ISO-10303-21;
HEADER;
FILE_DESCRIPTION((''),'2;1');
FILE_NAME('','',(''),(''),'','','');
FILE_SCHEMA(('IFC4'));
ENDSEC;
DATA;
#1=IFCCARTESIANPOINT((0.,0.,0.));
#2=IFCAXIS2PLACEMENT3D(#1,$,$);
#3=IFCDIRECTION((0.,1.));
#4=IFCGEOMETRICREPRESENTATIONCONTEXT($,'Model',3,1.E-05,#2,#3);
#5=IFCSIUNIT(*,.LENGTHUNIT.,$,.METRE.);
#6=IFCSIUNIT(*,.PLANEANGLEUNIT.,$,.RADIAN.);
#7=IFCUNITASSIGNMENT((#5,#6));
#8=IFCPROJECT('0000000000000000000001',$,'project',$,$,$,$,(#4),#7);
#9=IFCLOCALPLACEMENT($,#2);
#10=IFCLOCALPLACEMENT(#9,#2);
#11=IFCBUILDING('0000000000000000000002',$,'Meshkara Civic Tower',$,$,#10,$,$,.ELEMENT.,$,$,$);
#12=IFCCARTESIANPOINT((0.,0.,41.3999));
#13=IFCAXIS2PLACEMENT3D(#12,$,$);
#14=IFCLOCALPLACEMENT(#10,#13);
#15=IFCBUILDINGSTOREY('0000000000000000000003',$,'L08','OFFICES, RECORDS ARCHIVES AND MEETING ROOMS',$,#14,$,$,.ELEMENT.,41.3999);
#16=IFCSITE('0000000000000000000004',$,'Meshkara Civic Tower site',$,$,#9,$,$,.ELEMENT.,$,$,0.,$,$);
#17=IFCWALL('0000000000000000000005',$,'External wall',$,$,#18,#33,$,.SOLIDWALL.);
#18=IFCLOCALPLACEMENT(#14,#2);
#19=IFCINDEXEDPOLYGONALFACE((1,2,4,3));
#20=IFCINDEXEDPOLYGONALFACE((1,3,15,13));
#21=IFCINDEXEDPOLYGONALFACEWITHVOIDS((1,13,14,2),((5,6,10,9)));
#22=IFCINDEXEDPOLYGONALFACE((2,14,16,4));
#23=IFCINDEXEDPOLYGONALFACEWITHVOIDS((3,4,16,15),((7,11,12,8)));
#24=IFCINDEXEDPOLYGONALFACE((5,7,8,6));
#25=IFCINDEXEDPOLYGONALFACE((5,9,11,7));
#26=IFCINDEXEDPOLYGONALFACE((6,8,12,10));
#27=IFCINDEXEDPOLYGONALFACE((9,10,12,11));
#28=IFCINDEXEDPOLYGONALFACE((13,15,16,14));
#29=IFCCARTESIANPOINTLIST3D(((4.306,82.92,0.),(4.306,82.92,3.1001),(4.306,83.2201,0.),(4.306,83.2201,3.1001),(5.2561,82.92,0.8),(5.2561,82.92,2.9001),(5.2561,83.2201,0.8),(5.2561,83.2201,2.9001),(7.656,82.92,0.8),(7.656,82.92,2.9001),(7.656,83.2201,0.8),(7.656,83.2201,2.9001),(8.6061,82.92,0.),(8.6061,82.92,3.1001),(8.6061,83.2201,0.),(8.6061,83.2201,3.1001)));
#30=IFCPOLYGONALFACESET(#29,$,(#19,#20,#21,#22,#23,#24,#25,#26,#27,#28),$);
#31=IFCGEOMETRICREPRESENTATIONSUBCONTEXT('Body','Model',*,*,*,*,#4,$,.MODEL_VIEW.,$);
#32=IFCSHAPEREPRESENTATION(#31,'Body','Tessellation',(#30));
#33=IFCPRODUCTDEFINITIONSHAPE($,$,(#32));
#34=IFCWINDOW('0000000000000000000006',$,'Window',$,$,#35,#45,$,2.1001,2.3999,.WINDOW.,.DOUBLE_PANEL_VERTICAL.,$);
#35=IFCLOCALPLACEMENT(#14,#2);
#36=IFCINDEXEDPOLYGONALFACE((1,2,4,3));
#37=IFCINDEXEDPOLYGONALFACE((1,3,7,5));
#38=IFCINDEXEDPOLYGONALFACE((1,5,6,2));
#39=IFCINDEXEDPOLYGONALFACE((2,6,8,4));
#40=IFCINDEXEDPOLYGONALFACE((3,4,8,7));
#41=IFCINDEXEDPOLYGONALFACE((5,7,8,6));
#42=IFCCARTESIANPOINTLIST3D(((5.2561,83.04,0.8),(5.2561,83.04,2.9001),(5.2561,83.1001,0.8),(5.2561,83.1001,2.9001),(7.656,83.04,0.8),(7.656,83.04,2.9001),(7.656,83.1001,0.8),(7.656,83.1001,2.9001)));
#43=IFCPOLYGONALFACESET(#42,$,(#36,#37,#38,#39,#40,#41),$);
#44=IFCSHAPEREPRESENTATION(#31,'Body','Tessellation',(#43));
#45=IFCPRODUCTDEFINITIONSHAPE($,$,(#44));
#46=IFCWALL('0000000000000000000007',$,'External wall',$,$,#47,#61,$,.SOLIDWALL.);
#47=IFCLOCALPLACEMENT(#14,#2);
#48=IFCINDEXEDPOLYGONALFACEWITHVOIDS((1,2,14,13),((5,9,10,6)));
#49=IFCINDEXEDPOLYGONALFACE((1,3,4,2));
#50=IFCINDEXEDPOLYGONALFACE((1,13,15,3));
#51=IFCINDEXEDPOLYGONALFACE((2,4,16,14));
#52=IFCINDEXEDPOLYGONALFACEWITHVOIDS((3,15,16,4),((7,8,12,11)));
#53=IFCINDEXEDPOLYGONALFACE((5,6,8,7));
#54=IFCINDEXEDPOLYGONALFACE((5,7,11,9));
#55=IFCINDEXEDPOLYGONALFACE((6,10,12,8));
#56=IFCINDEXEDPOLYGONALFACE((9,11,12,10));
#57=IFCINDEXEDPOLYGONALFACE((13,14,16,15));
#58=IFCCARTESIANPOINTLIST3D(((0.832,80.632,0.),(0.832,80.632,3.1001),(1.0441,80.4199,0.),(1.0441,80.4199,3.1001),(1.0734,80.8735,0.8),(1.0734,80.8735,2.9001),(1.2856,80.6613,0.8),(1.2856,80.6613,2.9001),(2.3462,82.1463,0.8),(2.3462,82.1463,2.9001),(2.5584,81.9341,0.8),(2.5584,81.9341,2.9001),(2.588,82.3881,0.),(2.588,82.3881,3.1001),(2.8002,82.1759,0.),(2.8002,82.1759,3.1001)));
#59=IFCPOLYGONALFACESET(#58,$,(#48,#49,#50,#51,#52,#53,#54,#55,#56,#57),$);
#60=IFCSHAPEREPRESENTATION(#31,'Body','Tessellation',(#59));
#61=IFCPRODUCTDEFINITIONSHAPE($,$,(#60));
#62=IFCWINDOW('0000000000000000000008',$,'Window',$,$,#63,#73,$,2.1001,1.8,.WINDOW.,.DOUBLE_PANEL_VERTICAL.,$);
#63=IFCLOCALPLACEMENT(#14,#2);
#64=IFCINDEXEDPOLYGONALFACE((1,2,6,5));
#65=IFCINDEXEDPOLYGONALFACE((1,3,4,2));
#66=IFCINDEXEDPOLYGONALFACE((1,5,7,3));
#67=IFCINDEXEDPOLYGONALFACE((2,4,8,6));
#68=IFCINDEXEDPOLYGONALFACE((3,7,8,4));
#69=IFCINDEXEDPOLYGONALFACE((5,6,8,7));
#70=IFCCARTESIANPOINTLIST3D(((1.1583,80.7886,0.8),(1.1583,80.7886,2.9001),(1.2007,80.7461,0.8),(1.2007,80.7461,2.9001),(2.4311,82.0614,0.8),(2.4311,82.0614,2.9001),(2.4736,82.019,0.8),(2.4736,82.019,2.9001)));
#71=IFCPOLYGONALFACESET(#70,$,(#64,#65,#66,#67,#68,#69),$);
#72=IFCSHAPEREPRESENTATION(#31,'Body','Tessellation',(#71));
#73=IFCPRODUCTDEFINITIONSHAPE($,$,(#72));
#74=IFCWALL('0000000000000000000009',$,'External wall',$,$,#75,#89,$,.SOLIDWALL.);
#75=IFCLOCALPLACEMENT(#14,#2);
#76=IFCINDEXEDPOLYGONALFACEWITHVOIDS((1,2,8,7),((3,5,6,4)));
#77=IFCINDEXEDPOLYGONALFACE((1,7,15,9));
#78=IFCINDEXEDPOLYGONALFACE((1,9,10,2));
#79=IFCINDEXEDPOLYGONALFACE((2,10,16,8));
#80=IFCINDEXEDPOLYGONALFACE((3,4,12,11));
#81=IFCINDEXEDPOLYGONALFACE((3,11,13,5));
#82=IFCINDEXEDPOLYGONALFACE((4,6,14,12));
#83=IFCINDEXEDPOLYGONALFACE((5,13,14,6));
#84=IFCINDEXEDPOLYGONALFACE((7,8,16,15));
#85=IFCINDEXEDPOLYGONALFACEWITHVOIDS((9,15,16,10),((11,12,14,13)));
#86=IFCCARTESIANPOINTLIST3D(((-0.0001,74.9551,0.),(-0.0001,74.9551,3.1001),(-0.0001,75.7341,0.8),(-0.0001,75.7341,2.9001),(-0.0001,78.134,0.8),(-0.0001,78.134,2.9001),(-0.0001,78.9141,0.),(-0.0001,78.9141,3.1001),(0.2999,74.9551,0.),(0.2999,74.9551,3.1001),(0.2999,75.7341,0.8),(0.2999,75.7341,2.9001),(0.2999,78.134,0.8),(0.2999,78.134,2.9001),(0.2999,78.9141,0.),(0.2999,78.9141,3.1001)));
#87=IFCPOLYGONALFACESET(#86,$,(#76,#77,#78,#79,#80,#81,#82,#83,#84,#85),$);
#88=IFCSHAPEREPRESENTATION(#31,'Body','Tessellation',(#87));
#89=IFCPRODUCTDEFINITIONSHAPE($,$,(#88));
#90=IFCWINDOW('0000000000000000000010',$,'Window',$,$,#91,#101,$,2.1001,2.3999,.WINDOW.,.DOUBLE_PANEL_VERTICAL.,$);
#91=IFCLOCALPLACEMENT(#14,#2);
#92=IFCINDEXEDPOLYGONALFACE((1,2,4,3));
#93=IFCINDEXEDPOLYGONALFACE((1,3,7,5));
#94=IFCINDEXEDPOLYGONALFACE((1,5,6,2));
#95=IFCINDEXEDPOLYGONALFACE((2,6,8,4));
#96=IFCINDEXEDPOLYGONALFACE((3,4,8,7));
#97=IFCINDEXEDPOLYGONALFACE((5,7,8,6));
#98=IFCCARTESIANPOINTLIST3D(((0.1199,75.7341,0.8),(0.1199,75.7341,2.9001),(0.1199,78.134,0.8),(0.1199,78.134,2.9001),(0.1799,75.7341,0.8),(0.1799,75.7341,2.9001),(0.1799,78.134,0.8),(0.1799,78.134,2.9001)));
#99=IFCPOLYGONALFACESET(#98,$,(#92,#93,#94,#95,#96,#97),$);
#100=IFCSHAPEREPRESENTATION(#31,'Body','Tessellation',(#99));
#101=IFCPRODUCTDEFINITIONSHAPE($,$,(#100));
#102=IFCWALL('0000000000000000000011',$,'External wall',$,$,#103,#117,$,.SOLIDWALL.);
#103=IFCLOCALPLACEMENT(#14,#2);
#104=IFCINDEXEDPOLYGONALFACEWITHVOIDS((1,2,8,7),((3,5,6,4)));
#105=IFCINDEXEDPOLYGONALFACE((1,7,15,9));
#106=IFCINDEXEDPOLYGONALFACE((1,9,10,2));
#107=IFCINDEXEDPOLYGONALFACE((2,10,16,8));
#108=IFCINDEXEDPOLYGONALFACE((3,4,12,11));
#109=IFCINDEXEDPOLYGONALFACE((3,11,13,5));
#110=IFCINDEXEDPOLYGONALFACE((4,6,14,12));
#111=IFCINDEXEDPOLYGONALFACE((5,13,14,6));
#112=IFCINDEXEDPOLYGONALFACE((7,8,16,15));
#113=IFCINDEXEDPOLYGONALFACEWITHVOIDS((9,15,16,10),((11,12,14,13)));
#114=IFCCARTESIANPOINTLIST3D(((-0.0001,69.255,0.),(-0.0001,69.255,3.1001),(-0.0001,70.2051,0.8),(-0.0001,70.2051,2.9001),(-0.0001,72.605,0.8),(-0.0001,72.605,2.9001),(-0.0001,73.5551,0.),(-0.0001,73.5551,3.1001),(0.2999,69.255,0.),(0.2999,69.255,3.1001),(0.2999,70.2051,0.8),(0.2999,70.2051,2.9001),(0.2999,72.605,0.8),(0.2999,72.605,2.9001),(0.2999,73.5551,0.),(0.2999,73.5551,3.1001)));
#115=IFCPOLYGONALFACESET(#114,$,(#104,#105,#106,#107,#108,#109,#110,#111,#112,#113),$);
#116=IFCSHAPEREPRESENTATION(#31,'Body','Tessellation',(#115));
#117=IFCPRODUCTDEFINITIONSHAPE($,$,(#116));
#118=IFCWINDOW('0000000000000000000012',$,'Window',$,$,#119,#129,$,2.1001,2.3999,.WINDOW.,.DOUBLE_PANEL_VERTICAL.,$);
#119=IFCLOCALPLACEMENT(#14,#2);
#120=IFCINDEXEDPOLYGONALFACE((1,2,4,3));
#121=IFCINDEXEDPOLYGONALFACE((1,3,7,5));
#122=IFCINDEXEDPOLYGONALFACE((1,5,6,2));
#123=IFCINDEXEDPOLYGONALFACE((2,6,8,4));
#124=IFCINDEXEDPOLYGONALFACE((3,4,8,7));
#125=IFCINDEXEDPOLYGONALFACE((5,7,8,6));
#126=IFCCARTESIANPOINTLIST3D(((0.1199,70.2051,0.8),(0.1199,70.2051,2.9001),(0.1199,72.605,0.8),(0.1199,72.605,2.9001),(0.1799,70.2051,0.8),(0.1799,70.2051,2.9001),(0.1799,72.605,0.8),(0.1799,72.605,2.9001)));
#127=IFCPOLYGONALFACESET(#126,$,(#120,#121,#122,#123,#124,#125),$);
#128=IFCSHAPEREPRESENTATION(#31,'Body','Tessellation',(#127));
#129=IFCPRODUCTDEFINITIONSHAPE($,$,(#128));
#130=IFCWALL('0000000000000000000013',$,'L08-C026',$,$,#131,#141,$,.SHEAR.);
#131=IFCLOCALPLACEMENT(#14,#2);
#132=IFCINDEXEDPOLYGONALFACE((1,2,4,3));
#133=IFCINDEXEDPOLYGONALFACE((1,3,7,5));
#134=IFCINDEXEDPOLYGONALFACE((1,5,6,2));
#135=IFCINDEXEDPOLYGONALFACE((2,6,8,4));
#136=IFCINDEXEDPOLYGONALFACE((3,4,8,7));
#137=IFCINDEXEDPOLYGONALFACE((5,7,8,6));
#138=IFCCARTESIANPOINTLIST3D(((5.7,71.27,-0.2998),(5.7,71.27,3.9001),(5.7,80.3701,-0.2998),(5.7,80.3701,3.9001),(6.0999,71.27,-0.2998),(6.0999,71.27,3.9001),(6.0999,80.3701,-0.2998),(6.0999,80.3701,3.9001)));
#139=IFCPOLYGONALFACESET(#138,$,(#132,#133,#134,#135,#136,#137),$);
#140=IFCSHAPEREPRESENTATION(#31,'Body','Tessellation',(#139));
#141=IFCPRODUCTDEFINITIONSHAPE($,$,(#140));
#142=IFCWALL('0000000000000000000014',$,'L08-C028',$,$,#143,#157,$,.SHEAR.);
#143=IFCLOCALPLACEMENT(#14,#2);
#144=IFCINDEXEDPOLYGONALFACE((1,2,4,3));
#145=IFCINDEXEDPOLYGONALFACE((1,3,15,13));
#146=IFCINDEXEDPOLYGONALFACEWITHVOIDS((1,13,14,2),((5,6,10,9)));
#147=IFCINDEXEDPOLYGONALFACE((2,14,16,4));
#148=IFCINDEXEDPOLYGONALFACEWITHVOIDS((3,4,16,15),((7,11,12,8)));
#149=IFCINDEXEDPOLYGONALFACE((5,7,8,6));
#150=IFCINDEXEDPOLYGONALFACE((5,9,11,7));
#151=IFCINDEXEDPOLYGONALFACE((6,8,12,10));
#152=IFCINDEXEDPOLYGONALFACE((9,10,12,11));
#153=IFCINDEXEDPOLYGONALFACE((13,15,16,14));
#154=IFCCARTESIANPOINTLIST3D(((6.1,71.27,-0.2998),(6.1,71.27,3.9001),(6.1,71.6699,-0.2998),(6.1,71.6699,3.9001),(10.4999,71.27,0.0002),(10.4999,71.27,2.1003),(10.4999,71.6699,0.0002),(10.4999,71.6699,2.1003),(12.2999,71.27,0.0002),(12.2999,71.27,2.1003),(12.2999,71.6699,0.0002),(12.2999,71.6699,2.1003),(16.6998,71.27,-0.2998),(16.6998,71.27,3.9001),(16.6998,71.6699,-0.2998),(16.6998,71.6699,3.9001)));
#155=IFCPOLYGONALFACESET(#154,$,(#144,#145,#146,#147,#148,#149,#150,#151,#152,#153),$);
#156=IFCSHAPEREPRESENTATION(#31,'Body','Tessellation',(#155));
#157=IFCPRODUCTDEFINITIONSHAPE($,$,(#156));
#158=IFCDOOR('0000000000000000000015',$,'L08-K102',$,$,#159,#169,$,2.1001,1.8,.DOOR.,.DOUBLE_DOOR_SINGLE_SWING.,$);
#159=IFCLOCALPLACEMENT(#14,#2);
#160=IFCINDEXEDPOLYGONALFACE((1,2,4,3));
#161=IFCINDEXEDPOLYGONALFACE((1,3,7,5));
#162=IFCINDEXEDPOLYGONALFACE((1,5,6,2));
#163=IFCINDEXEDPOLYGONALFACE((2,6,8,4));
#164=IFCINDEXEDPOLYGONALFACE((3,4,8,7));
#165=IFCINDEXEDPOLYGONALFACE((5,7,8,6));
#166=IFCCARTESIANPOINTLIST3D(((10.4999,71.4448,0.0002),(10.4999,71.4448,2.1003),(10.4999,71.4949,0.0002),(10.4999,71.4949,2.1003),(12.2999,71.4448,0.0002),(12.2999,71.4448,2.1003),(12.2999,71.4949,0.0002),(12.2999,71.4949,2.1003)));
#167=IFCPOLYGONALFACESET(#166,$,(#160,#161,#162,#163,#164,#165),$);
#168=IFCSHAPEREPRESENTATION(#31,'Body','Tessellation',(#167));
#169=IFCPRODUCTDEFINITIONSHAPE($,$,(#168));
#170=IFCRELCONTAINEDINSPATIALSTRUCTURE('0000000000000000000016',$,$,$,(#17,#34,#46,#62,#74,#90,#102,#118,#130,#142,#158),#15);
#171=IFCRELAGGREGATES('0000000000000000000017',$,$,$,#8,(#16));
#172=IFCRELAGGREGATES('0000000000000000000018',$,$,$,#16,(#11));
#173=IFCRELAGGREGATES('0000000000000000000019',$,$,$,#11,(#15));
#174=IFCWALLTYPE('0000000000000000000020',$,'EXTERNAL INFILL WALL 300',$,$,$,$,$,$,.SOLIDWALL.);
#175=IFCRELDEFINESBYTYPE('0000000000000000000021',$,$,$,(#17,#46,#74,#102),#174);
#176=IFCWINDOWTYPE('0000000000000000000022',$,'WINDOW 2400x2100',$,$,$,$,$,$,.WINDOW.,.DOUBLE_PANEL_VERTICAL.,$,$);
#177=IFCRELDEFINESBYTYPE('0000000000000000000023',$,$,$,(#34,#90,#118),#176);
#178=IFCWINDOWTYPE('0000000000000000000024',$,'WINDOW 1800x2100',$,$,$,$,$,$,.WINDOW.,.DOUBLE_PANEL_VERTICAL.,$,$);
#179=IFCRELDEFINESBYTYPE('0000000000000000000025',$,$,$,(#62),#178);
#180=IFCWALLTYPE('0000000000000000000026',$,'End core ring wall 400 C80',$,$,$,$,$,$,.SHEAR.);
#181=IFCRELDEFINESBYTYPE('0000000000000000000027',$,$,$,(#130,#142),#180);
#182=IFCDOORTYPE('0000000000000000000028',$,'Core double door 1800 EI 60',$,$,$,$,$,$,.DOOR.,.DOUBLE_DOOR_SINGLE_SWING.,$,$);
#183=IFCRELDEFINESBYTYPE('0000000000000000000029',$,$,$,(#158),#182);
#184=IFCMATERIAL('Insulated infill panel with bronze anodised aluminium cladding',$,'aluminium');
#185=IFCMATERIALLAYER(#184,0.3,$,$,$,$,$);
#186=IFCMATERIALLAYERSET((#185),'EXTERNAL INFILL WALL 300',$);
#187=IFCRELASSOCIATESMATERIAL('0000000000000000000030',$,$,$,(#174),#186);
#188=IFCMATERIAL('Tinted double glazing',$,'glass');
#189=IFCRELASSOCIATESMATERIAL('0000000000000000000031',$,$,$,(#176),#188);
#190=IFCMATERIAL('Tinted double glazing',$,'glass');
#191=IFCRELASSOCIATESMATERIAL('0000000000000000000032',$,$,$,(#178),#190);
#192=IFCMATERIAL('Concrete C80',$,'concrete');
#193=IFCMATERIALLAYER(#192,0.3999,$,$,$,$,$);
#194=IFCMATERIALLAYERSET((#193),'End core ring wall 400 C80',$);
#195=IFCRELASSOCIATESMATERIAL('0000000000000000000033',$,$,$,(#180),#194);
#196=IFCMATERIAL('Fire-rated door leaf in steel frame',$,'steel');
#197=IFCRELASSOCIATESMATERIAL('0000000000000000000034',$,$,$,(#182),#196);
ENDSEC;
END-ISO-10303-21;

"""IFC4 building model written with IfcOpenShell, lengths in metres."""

from ifc_helpers import new_model, si_unit, direction, frame, frame_2d, origin, place, context, subcontext, project, spatial, rectangle, extrude, material, layer, layer_set, type_object, element, fill, save


model = new_model("IFC4")

# Units and contexts
model_context = context("Model", 3, precision=1e-05, world=origin(), true_north=direction((0.0, 1.0)))
body_context = subcontext(model_context, "Body", "Model", "MODEL_VIEW")
ifc_project = project(units=[si_unit("LENGTHUNIT", "METRE"), si_unit("PLANEANGLEUNIT", "RADIAN")], contexts=[model_context])

# Site, building, storey
site_placement = place(None, origin())
site = spatial("IfcSite", under=ifc_project, at=site_placement, Name="Meshkara Civic Tower site", CompositionType="ELEMENT", RefElevation=0.0)
building_placement = place(site_placement, origin())
building = spatial("IfcBuilding", under=site, at=building_placement, Name="Meshkara Civic Tower", CompositionType="ELEMENT")
storey_placement = place(building_placement, frame((0.0, 0.0, 41.3999)))
storey = spatial("IfcBuildingStorey", under=building, at=storey_placement, Name="L08", Description="OFFICES, RECORDS ARCHIVES AND MEETING ROOMS", CompositionType="ELEMENT", Elevation=41.3999)

# Walls, openings, windows
ifc_material_1 = material(Name="Insulated infill panel with bronze anodised aluminium cladding", Category="aluminium")
ifc_layer_1 = layer(ifc_material_1, 0.3)
ifc_layer_set_1 = layer_set([ifc_layer_1], Name="EXTERNAL INFILL WALL 300")
wall_type_1 = type_object("IfcWallType", Name="EXTERNAL INFILL WALL 300", PredefinedType="SOLIDWALL", material=ifc_layer_set_1)
wall_1_placement = place(storey_placement, frame((8.606, 83.0701, 0.0), z_axis=(0.0, 0.0, 1.0), x_axis=(-1.0, 0.0, 0.0)))
wall_1 = element("IfcWall", 1, at=wall_1_placement, inside=storey, type_object=wall_type_1, Name="External wall", PredefinedType="SOLIDWALL", context=body_context, shape_type="SweptSolid", body=[
    extrude(rectangle(XDim=4.3, YDim=0.3, at=frame_2d((2.1499, 0.0))), origin(), (0.0, 0.0, 1.0), 3.1001),
])
opening_1_placement = place(wall_1_placement, frame((0.95, 0.0, 0.8)))
opening_1 = element("IfcOpeningElement", 2, at=opening_1_placement, cuts=wall_1, PredefinedType="OPENING", context=body_context, shape_type="SweptSolid", body=[
    extrude(rectangle(XDim=2.3999, YDim=2.1001, at=frame_2d((1.2, 1.05))), frame((0.0, 0.1599, 0.0), z_axis=(0.0, -1.0, 0.0), x_axis=(1.0, 0.0, 0.0)), (0.0, 0.0, 1.0), 0.3201),
])
ifc_material_2 = material(Name="Tinted double glazing", Category="glass")
window_type_1 = type_object("IfcWindowType", Name="WINDOW 2400x2100", PartitioningType="DOUBLE_PANEL_VERTICAL", PredefinedType="WINDOW", material=ifc_material_2)
window_1_placement = place(opening_1_placement, origin())
window_1 = element("IfcWindow", 3, at=window_1_placement, inside=storey, type_object=window_type_1, Name="Window", OverallHeight=2.1001, OverallWidth=2.3999, PartitioningType="DOUBLE_PANEL_VERTICAL", PredefinedType="WINDOW", context=body_context, shape_type="SweptSolid", body=[
    extrude(rectangle(XDim=2.3999, YDim=2.1001, at=frame_2d((1.2, 1.05))), frame((0.0, 0.03, 0.0), z_axis=(0.0, -1.0, 0.0), x_axis=(1.0, 0.0, 0.0)), (0.0, 0.0, 1.0), 0.0601),
])
fill(opening_1, window_1)
wall_2_placement = place(storey_placement, frame((2.6941, 82.282, 0.0), z_axis=(0.0, 0.0, 1.0), x_axis=(-0.707107, -0.707107, 0.0)))
wall_2 = element("IfcWall", 4, at=wall_2_placement, inside=storey, type_object=wall_type_1, Name="External wall", PredefinedType="SOLIDWALL", context=body_context, shape_type="SweptSolid", body=[
    extrude(rectangle(XDim=2.4834, YDim=0.3, at=frame_2d((1.2417, 0.0))), origin(), (0.0, 0.0, 1.0), 3.1001),
])
opening_2_placement = place(wall_2_placement, frame((0.342, 0.0, 0.8)))
opening_2 = element("IfcOpeningElement", 5, at=opening_2_placement, cuts=wall_2, PredefinedType="OPENING", context=body_context, shape_type="SweptSolid", body=[
    extrude(rectangle(XDim=1.8, YDim=2.1001, at=frame_2d((0.8999, 1.05))), frame((0.0, 0.1599, 0.0), z_axis=(0.0, -1.0, 0.0), x_axis=(1.0, 0.0, 0.0)), (0.0, 0.0, 1.0), 0.3201),
])
ifc_material_3 = material(Name="Tinted double glazing", Category="glass")
window_type_2 = type_object("IfcWindowType", Name="WINDOW 1800x2100", PartitioningType="DOUBLE_PANEL_VERTICAL", PredefinedType="WINDOW", material=ifc_material_3)
window_2_placement = place(opening_2_placement, origin())
window_2 = element("IfcWindow", 6, at=window_2_placement, inside=storey, type_object=window_type_2, Name="Window", OverallHeight=2.1001, OverallWidth=1.8, PartitioningType="DOUBLE_PANEL_VERTICAL", PredefinedType="WINDOW", context=body_context, shape_type="SweptSolid", body=[
    extrude(rectangle(XDim=1.8, YDim=2.1001, at=frame_2d((0.8999, 1.05))), frame((0.0, 0.03, 0.0), z_axis=(0.0, -1.0, 0.0), x_axis=(1.0, 0.0, 0.0)), (0.0, 0.0, 1.0), 0.0601),
])
fill(opening_2, window_2)
wall_3_placement = place(storey_placement, frame((0.1499, 78.9141, 0.0), z_axis=(0.0, 0.0, 1.0), x_axis=(0.0, -1.0, 0.0)))
wall_3 = element("IfcWall", 7, at=wall_3_placement, inside=storey, type_object=wall_type_1, Name="External wall", PredefinedType="SOLIDWALL", context=body_context, shape_type="SweptSolid", body=[
    extrude(rectangle(XDim=3.959, YDim=0.3, at=frame_2d((1.9795, 0.0))), origin(), (0.0, 0.0, 1.0), 3.1001),
])
opening_3_placement = place(wall_3_placement, frame((0.78, 0.0, 0.8)))
opening_3 = element("IfcOpeningElement", 8, at=opening_3_placement, cuts=wall_3, PredefinedType="OPENING", context=body_context, shape_type="SweptSolid", body=[
    extrude(rectangle(XDim=2.3999, YDim=2.1001, at=frame_2d((1.2, 1.05))), frame((0.0, 0.1599, 0.0), z_axis=(0.0, -1.0, 0.0), x_axis=(1.0, 0.0, 0.0)), (0.0, 0.0, 1.0), 0.3201),
])
window_3_placement = place(opening_3_placement, origin())
window_3 = element("IfcWindow", 9, at=window_3_placement, inside=storey, type_object=window_type_1, Name="Window", OverallHeight=2.1001, OverallWidth=2.3999, PartitioningType="DOUBLE_PANEL_VERTICAL", PredefinedType="WINDOW", context=body_context, shape_type="SweptSolid", body=[
    extrude(rectangle(XDim=2.3999, YDim=2.1001, at=frame_2d((1.2, 1.05))), frame((0.0, 0.03, 0.0), z_axis=(0.0, -1.0, 0.0), x_axis=(1.0, 0.0, 0.0)), (0.0, 0.0, 1.0), 0.0601),
])
fill(opening_3, window_3)
wall_4_placement = place(storey_placement, frame((0.1499, 73.5549, 0.0), z_axis=(0.0, 0.0, 1.0), x_axis=(0.0, -1.0, 0.0)))
wall_4 = element("IfcWall", 10, at=wall_4_placement, inside=storey, type_object=wall_type_1, Name="External wall", PredefinedType="SOLIDWALL", context=body_context, shape_type="SweptSolid", body=[
    extrude(rectangle(XDim=4.3, YDim=0.3, at=frame_2d((2.1499, 0.0))), origin(), (0.0, 0.0, 1.0), 3.1001),
])
opening_4_placement = place(wall_4_placement, frame((0.95, 0.0, 0.8)))
opening_4 = element("IfcOpeningElement", 11, at=opening_4_placement, cuts=wall_4, PredefinedType="OPENING", context=body_context, shape_type="SweptSolid", body=[
    extrude(rectangle(XDim=2.3999, YDim=2.1001, at=frame_2d((1.2, 1.05))), frame((0.0, 0.1599, 0.0), z_axis=(0.0, -1.0, 0.0), x_axis=(1.0, 0.0, 0.0)), (0.0, 0.0, 1.0), 0.3201),
])
window_4_placement = place(opening_4_placement, origin())
window_4 = element("IfcWindow", 12, at=window_4_placement, inside=storey, type_object=window_type_1, Name="Window", OverallHeight=2.1001, OverallWidth=2.3999, PartitioningType="DOUBLE_PANEL_VERTICAL", PredefinedType="WINDOW", context=body_context, shape_type="SweptSolid", body=[
    extrude(rectangle(XDim=2.3999, YDim=2.1001, at=frame_2d((1.2, 1.05))), frame((0.0, 0.03, 0.0), z_axis=(0.0, -1.0, 0.0), x_axis=(1.0, 0.0, 0.0)), (0.0, 0.0, 1.0), 0.0601),
])
fill(opening_4, window_4)

# Wall
ifc_material_4 = material(Name="Concrete C80", Category="concrete")
ifc_layer_2 = layer(ifc_material_4, 0.3999)
ifc_layer_set_2 = layer_set([ifc_layer_2], Name="End core ring wall 400 C80")
wall_type_2 = type_object("IfcWallType", Name="End core ring wall 400 C80", PredefinedType="SHEAR", material=ifc_layer_set_2)
wall_5_placement = place(storey_placement, frame((5.8999, 71.27, -0.2998), z_axis=(0.0, 0.0, 1.0), x_axis=(0.0, 1.0, 0.0)))
element("IfcWall", 13, at=wall_5_placement, inside=storey, type_object=wall_type_2, Name="L08-C026", PredefinedType="SHEAR", context=body_context, shape_type="SweptSolid", body=[
    extrude(rectangle(XDim=9.1001, YDim=0.3999, at=frame_2d((4.55, 0.0))), origin(), (0.0, 0.0, 1.0), 4.2),
])

# Wall, opening, door
wall_6_placement = place(storey_placement, frame((6.1001, 71.47, -0.2998), z_axis=(0.0, 0.0, 1.0), x_axis=(1.0, 0.0, 0.0)))
wall_6 = element("IfcWall", 14, at=wall_6_placement, inside=storey, type_object=wall_type_2, Name="L08-C028", PredefinedType="SHEAR", context=body_context, shape_type="SweptSolid", body=[
    extrude(rectangle(XDim=10.5999, YDim=0.3999, at=frame_2d((5.2998, 0.0))), origin(), (0.0, 0.0, 1.0), 4.2),
])
opening_5_placement = place(wall_6_placement, frame((4.3999, 0.0, 0.3)))
opening_5 = element("IfcOpeningElement", 15, at=opening_5_placement, cuts=wall_6, PredefinedType="OPENING", context=body_context, shape_type="SweptSolid", body=[
    extrude(rectangle(XDim=1.8, YDim=2.1001, at=frame_2d((0.8999, 1.05))), frame((0.0, 0.21, 0.0), z_axis=(0.0, -1.0, 0.0), x_axis=(1.0, 0.0, 0.0)), (0.0, 0.0, 1.0), 0.4199),
])
ifc_material_5 = material(Name="Fire-rated door leaf in steel frame", Category="steel")
door_type_1 = type_object("IfcDoorType", Name="Core double door 1800 EI 60", OperationType="DOUBLE_DOOR_SINGLE_SWING", PredefinedType="DOOR", material=ifc_material_5)
door_1_placement = place(opening_5_placement, origin())
door_1 = element("IfcDoor", 16, at=door_1_placement, inside=storey, type_object=door_type_1, Name="L08-K102", OperationType="DOUBLE_DOOR_SINGLE_SWING", OverallHeight=2.1001, OverallWidth=1.8, PredefinedType="DOOR", context=body_context, shape_type="SweptSolid", body=[
    extrude(rectangle(XDim=1.8, YDim=2.1001, at=frame_2d((0.8999, 1.05))), frame((0.0, 0.0249, 0.0), z_axis=(0.0, -1.0, 0.0), x_axis=(1.0, 0.0, 0.0)), (0.0, 0.0, 1.0), 0.05),
])
fill(opening_5, door_1)

save(model, "model.ifc")
